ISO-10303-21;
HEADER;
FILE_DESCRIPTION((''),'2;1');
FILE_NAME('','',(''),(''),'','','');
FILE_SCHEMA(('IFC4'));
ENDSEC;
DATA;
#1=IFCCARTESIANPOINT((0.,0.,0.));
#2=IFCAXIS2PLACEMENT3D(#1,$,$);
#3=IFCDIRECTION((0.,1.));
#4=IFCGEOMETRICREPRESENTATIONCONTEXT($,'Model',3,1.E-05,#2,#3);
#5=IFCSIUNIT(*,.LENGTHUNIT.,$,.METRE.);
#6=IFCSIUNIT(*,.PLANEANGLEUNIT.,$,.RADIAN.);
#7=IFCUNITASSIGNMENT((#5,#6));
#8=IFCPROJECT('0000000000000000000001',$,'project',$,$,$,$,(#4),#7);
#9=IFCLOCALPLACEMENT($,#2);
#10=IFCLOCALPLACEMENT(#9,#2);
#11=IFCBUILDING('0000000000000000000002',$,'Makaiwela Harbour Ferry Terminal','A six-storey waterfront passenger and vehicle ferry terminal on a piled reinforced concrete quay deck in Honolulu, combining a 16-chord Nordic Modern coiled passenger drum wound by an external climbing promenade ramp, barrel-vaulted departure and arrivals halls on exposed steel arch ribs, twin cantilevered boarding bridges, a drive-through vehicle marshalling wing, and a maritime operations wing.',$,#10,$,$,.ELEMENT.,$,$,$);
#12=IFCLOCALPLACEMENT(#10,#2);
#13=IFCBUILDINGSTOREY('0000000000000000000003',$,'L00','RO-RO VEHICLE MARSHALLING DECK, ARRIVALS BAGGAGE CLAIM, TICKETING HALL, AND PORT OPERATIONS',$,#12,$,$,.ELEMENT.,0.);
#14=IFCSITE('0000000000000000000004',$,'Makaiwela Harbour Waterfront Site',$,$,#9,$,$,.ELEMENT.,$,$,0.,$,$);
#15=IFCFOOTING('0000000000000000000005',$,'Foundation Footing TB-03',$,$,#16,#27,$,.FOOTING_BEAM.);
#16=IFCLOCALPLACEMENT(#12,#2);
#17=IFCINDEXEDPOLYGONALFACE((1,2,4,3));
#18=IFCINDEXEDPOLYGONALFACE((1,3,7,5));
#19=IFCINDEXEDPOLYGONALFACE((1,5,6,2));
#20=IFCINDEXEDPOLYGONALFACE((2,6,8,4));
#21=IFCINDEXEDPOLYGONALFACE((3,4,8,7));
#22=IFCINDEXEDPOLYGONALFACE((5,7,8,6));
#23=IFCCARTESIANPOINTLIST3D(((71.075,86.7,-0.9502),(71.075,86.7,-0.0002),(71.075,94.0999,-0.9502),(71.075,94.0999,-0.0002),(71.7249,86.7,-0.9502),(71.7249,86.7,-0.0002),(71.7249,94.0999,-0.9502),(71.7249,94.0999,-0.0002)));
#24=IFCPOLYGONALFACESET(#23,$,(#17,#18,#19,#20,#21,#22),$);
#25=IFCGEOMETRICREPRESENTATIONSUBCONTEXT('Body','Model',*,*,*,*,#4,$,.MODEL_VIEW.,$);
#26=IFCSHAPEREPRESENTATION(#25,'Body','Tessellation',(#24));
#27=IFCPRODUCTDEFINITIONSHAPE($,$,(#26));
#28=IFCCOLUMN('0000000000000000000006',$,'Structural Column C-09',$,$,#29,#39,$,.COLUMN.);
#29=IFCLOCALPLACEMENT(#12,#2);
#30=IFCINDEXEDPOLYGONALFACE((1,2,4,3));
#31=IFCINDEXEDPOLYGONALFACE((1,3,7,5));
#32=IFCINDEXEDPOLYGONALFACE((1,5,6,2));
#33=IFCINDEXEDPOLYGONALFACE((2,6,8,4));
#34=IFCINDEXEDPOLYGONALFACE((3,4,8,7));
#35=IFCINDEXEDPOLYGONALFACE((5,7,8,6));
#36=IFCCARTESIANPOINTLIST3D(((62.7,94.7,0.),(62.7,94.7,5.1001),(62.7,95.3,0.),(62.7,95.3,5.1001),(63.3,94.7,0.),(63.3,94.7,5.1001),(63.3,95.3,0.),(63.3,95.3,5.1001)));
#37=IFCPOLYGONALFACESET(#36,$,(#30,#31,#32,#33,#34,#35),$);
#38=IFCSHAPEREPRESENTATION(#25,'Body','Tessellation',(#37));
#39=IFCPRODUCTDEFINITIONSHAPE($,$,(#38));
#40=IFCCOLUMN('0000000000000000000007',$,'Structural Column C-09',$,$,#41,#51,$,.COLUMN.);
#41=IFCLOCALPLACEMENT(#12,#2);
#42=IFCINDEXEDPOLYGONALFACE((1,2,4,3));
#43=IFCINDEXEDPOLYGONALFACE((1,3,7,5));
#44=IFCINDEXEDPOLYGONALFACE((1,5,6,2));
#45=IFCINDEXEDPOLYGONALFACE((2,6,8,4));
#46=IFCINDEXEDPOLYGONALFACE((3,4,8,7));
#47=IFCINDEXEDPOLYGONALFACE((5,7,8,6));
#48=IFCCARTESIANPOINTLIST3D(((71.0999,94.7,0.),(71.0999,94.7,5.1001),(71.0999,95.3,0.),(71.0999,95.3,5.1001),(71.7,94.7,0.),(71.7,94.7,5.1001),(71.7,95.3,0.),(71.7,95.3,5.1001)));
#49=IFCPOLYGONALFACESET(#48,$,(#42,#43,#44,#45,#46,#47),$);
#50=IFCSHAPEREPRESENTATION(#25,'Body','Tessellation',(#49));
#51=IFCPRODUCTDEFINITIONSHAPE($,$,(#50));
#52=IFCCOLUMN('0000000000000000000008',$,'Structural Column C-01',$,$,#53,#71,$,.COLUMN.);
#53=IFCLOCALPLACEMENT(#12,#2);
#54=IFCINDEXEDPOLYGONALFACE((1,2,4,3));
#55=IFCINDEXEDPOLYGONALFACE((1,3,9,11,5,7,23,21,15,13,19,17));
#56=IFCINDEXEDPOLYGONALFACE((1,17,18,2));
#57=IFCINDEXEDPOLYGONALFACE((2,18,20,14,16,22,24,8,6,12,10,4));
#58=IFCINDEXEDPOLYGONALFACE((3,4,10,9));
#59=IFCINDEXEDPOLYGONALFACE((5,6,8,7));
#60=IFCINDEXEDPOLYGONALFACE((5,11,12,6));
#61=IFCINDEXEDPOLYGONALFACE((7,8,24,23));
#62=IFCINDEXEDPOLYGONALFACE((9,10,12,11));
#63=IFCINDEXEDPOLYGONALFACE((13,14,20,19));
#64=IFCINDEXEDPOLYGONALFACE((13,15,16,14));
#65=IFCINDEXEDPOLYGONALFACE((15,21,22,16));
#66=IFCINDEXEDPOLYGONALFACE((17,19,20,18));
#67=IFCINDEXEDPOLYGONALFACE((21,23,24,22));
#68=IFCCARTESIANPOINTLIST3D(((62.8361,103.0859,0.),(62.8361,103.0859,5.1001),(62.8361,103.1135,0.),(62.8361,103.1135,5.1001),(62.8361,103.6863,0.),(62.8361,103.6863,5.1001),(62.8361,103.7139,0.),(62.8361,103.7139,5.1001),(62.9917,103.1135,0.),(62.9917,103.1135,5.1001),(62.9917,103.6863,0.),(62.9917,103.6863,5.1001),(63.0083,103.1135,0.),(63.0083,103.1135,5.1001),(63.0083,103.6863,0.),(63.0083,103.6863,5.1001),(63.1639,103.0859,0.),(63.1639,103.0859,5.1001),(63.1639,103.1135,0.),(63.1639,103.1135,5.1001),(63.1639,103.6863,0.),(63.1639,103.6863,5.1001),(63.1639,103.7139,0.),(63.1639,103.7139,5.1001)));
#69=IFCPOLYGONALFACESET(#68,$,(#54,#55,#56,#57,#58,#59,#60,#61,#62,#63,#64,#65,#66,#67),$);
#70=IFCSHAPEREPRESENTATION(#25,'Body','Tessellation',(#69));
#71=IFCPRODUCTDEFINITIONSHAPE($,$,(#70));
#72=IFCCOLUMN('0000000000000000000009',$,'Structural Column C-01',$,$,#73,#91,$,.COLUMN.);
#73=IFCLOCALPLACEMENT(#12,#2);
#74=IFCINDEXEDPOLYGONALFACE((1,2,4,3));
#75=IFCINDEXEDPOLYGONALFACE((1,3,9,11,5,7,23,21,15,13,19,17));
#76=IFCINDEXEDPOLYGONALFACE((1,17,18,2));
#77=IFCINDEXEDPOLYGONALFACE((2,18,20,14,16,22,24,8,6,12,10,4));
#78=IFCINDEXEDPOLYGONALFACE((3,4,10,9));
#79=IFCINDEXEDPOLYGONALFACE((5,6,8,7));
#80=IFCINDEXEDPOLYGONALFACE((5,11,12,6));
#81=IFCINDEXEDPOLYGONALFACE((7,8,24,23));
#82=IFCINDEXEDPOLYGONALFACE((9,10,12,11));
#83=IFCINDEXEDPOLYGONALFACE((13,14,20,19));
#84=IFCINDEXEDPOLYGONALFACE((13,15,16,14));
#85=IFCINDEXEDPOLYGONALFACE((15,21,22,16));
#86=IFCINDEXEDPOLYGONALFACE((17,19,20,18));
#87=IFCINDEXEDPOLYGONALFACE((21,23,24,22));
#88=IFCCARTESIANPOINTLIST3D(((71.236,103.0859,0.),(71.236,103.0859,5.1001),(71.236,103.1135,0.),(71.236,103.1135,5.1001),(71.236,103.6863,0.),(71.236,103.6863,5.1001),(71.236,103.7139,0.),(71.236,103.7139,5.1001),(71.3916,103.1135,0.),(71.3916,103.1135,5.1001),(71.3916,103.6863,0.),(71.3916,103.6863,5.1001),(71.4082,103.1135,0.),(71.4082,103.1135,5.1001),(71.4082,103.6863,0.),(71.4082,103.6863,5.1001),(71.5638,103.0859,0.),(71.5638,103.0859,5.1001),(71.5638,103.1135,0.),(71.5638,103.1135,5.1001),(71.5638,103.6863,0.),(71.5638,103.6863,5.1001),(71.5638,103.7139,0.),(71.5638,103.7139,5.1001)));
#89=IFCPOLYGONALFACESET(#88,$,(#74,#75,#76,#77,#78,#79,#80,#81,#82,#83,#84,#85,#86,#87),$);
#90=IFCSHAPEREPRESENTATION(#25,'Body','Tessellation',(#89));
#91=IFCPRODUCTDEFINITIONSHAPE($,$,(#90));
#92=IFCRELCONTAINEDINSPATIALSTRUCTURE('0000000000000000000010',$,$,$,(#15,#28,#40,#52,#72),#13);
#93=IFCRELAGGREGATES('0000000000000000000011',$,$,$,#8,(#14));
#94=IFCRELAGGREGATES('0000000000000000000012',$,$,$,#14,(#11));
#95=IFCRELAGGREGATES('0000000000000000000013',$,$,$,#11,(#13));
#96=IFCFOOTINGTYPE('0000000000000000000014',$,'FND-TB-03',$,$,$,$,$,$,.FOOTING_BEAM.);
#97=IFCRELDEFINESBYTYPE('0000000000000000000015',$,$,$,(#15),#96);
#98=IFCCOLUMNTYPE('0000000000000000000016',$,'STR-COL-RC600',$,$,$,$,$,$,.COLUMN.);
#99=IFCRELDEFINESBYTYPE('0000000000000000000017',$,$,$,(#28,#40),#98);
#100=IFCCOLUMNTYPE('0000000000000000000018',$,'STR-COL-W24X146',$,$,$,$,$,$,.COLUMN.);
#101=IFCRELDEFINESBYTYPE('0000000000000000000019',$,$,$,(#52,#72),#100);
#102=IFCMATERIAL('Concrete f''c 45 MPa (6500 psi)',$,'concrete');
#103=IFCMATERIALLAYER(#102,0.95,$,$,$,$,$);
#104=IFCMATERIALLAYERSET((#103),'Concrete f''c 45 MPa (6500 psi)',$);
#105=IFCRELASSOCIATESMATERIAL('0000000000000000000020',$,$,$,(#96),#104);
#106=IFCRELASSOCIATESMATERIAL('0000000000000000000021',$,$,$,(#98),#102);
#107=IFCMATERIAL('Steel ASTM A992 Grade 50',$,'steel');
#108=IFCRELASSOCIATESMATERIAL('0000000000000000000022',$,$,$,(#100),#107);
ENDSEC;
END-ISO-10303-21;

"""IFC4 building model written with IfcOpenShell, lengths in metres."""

from ifc_helpers import new_model, si_unit, direction, frame, origin, origin_2d, place, context, subcontext, project, spatial, rectangle, i_section, extrude, material, layer, layer_set, material_profile, profile_set, type_object, element, save


model = new_model("IFC4")

# Units and contexts
model_context = context("Model", 3, precision=1e-05, world=origin(), true_north=direction((0.0, 1.0)))
body_context = subcontext(model_context, "Body", "Model", "MODEL_VIEW")
ifc_project = project(units=[si_unit("LENGTHUNIT", "METRE"), si_unit("PLANEANGLEUNIT", "RADIAN")], contexts=[model_context])

# Site, building, storey
site_placement = place(None, origin())
site = spatial("IfcSite", under=ifc_project, at=site_placement, Name="Makaiwela Harbour Waterfront Site", CompositionType="ELEMENT", RefElevation=0.0)
building_placement = place(site_placement, origin())
building = spatial("IfcBuilding", under=site, at=building_placement, Name="Makaiwela Harbour Ferry Terminal", Description="A six-storey waterfront passenger and vehicle ferry terminal on a piled reinforced concrete quay deck in Honolulu, combining a 16-chord Nordic Modern coiled passenger drum wound by an external climbing promenade ramp, barrel-vaulted departure and arrivals halls on exposed steel arch ribs, twin cantilevered boarding bridges, a drive-through vehicle marshalling wing, and a maritime operations wing.", CompositionType="ELEMENT")
storey_placement = place(building_placement, origin())
storey = spatial("IfcBuildingStorey", under=building, at=storey_placement, Name="L00", Description="RO-RO VEHICLE MARSHALLING DECK, ARRIVALS BAGGAGE CLAIM, TICKETING HALL, AND PORT OPERATIONS", CompositionType="ELEMENT", Elevation=0.0)

# Shared definitions
ifc_material_1 = material(Name="Concrete f'c 45 MPa (6500 psi)", Category="concrete")

# Footing
ifc_layer_1 = layer(ifc_material_1, 0.95)
ifc_layer_set_1 = layer_set([ifc_layer_1], Name="Concrete f'c 45 MPa (6500 psi)")
footing_type_1 = type_object("IfcFootingType", Name="FND-TB-03", PredefinedType="FOOTING_BEAM", material=ifc_layer_set_1)
footing_1_placement = place(storey_placement, frame((71.3999, 90.3999, -0.9502), z_axis=(0.0, 0.0, 1.0), x_axis=(0.0, 1.0, 0.0)))
element("IfcFooting", 1, at=footing_1_placement, inside=storey, type_object=footing_type_1, Name="Foundation Footing TB-03", PredefinedType="FOOTING_BEAM", context=body_context, shape_type="SweptSolid", body=[
    extrude(rectangle(XDim=7.3999, YDim=0.6499, at=origin_2d()), origin(), (0.0, 0.0, 1.0), 0.95),
])

# Columns
ifc_material_profile_1 = material_profile(ifc_material_1, rectangle(XDim=0.6001, YDim=0.6001, at=origin_2d()), Name="RC-600X600")
ifc_profile_set_1 = profile_set([ifc_material_profile_1], Name="Concrete f'c 45 MPa (6500 psi)")
column_type_1 = type_object("IfcColumnType", Name="STR-COL-RC600", PredefinedType="COLUMN", material=ifc_profile_set_1)
for number, where, z_axis, x_axis, name in (
    (2, (63.0, 95.0, 0.0), (0.0, 0.0, 1.0), (1.0, 0.0, 0.0), "Structural Column C-09"),
    (3, (71.3999, 95.0, 0.0), (0.0, 0.0, 1.0), (1.0, 0.0, 0.0), "Structural Column C-09"),
):
    element("IfcColumn", number, at=place(storey_placement, frame(where, z_axis=z_axis, x_axis=x_axis)), inside=storey, type_object=column_type_1, Name=name, PredefinedType="COLUMN", context=body_context, shape_type="SweptSolid", body=[
        extrude(rectangle(XDim=0.6001, YDim=0.6001, at=origin_2d()), origin(), (0.0, 0.0, 1.0), 5.1001),
    ])
ifc_material_2 = material(Name="Steel ASTM A992 Grade 50", Category="steel")
ifc_material_profile_2 = material_profile(ifc_material_2, i_section(OverallWidth=0.3279, OverallDepth=0.6279, WebThickness=0.0166, FlangeThickness=0.0276, at=origin_2d()), Name="W24X146")
ifc_profile_set_2 = profile_set([ifc_material_profile_2], Name="Steel ASTM A992 Grade 50")
column_type_2 = type_object("IfcColumnType", Name="STR-COL-W24X146", PredefinedType="COLUMN", material=ifc_profile_set_2)
for number, where, z_axis, x_axis, name in (
    (4, (63.0, 103.3999, 0.0), (0.0, 0.0, 1.0), (1.0, 0.0, 0.0), "Structural Column C-01"),
    (5, (71.3999, 103.3999, 0.0), (0.0, 0.0, 1.0), (1.0, 0.0, 0.0), "Structural Column C-01"),
):
    element("IfcColumn", number, at=place(storey_placement, frame(where, z_axis=z_axis, x_axis=x_axis)), inside=storey, type_object=column_type_2, Name=name, PredefinedType="COLUMN", context=body_context, shape_type="SweptSolid", body=[
        extrude(i_section(OverallWidth=0.3279, OverallDepth=0.6279, WebThickness=0.0166, FlangeThickness=0.0276, at=origin_2d()), origin(), (0.0, 0.0, 1.0), 5.1001),
    ])

save(model, "model.ifc")
